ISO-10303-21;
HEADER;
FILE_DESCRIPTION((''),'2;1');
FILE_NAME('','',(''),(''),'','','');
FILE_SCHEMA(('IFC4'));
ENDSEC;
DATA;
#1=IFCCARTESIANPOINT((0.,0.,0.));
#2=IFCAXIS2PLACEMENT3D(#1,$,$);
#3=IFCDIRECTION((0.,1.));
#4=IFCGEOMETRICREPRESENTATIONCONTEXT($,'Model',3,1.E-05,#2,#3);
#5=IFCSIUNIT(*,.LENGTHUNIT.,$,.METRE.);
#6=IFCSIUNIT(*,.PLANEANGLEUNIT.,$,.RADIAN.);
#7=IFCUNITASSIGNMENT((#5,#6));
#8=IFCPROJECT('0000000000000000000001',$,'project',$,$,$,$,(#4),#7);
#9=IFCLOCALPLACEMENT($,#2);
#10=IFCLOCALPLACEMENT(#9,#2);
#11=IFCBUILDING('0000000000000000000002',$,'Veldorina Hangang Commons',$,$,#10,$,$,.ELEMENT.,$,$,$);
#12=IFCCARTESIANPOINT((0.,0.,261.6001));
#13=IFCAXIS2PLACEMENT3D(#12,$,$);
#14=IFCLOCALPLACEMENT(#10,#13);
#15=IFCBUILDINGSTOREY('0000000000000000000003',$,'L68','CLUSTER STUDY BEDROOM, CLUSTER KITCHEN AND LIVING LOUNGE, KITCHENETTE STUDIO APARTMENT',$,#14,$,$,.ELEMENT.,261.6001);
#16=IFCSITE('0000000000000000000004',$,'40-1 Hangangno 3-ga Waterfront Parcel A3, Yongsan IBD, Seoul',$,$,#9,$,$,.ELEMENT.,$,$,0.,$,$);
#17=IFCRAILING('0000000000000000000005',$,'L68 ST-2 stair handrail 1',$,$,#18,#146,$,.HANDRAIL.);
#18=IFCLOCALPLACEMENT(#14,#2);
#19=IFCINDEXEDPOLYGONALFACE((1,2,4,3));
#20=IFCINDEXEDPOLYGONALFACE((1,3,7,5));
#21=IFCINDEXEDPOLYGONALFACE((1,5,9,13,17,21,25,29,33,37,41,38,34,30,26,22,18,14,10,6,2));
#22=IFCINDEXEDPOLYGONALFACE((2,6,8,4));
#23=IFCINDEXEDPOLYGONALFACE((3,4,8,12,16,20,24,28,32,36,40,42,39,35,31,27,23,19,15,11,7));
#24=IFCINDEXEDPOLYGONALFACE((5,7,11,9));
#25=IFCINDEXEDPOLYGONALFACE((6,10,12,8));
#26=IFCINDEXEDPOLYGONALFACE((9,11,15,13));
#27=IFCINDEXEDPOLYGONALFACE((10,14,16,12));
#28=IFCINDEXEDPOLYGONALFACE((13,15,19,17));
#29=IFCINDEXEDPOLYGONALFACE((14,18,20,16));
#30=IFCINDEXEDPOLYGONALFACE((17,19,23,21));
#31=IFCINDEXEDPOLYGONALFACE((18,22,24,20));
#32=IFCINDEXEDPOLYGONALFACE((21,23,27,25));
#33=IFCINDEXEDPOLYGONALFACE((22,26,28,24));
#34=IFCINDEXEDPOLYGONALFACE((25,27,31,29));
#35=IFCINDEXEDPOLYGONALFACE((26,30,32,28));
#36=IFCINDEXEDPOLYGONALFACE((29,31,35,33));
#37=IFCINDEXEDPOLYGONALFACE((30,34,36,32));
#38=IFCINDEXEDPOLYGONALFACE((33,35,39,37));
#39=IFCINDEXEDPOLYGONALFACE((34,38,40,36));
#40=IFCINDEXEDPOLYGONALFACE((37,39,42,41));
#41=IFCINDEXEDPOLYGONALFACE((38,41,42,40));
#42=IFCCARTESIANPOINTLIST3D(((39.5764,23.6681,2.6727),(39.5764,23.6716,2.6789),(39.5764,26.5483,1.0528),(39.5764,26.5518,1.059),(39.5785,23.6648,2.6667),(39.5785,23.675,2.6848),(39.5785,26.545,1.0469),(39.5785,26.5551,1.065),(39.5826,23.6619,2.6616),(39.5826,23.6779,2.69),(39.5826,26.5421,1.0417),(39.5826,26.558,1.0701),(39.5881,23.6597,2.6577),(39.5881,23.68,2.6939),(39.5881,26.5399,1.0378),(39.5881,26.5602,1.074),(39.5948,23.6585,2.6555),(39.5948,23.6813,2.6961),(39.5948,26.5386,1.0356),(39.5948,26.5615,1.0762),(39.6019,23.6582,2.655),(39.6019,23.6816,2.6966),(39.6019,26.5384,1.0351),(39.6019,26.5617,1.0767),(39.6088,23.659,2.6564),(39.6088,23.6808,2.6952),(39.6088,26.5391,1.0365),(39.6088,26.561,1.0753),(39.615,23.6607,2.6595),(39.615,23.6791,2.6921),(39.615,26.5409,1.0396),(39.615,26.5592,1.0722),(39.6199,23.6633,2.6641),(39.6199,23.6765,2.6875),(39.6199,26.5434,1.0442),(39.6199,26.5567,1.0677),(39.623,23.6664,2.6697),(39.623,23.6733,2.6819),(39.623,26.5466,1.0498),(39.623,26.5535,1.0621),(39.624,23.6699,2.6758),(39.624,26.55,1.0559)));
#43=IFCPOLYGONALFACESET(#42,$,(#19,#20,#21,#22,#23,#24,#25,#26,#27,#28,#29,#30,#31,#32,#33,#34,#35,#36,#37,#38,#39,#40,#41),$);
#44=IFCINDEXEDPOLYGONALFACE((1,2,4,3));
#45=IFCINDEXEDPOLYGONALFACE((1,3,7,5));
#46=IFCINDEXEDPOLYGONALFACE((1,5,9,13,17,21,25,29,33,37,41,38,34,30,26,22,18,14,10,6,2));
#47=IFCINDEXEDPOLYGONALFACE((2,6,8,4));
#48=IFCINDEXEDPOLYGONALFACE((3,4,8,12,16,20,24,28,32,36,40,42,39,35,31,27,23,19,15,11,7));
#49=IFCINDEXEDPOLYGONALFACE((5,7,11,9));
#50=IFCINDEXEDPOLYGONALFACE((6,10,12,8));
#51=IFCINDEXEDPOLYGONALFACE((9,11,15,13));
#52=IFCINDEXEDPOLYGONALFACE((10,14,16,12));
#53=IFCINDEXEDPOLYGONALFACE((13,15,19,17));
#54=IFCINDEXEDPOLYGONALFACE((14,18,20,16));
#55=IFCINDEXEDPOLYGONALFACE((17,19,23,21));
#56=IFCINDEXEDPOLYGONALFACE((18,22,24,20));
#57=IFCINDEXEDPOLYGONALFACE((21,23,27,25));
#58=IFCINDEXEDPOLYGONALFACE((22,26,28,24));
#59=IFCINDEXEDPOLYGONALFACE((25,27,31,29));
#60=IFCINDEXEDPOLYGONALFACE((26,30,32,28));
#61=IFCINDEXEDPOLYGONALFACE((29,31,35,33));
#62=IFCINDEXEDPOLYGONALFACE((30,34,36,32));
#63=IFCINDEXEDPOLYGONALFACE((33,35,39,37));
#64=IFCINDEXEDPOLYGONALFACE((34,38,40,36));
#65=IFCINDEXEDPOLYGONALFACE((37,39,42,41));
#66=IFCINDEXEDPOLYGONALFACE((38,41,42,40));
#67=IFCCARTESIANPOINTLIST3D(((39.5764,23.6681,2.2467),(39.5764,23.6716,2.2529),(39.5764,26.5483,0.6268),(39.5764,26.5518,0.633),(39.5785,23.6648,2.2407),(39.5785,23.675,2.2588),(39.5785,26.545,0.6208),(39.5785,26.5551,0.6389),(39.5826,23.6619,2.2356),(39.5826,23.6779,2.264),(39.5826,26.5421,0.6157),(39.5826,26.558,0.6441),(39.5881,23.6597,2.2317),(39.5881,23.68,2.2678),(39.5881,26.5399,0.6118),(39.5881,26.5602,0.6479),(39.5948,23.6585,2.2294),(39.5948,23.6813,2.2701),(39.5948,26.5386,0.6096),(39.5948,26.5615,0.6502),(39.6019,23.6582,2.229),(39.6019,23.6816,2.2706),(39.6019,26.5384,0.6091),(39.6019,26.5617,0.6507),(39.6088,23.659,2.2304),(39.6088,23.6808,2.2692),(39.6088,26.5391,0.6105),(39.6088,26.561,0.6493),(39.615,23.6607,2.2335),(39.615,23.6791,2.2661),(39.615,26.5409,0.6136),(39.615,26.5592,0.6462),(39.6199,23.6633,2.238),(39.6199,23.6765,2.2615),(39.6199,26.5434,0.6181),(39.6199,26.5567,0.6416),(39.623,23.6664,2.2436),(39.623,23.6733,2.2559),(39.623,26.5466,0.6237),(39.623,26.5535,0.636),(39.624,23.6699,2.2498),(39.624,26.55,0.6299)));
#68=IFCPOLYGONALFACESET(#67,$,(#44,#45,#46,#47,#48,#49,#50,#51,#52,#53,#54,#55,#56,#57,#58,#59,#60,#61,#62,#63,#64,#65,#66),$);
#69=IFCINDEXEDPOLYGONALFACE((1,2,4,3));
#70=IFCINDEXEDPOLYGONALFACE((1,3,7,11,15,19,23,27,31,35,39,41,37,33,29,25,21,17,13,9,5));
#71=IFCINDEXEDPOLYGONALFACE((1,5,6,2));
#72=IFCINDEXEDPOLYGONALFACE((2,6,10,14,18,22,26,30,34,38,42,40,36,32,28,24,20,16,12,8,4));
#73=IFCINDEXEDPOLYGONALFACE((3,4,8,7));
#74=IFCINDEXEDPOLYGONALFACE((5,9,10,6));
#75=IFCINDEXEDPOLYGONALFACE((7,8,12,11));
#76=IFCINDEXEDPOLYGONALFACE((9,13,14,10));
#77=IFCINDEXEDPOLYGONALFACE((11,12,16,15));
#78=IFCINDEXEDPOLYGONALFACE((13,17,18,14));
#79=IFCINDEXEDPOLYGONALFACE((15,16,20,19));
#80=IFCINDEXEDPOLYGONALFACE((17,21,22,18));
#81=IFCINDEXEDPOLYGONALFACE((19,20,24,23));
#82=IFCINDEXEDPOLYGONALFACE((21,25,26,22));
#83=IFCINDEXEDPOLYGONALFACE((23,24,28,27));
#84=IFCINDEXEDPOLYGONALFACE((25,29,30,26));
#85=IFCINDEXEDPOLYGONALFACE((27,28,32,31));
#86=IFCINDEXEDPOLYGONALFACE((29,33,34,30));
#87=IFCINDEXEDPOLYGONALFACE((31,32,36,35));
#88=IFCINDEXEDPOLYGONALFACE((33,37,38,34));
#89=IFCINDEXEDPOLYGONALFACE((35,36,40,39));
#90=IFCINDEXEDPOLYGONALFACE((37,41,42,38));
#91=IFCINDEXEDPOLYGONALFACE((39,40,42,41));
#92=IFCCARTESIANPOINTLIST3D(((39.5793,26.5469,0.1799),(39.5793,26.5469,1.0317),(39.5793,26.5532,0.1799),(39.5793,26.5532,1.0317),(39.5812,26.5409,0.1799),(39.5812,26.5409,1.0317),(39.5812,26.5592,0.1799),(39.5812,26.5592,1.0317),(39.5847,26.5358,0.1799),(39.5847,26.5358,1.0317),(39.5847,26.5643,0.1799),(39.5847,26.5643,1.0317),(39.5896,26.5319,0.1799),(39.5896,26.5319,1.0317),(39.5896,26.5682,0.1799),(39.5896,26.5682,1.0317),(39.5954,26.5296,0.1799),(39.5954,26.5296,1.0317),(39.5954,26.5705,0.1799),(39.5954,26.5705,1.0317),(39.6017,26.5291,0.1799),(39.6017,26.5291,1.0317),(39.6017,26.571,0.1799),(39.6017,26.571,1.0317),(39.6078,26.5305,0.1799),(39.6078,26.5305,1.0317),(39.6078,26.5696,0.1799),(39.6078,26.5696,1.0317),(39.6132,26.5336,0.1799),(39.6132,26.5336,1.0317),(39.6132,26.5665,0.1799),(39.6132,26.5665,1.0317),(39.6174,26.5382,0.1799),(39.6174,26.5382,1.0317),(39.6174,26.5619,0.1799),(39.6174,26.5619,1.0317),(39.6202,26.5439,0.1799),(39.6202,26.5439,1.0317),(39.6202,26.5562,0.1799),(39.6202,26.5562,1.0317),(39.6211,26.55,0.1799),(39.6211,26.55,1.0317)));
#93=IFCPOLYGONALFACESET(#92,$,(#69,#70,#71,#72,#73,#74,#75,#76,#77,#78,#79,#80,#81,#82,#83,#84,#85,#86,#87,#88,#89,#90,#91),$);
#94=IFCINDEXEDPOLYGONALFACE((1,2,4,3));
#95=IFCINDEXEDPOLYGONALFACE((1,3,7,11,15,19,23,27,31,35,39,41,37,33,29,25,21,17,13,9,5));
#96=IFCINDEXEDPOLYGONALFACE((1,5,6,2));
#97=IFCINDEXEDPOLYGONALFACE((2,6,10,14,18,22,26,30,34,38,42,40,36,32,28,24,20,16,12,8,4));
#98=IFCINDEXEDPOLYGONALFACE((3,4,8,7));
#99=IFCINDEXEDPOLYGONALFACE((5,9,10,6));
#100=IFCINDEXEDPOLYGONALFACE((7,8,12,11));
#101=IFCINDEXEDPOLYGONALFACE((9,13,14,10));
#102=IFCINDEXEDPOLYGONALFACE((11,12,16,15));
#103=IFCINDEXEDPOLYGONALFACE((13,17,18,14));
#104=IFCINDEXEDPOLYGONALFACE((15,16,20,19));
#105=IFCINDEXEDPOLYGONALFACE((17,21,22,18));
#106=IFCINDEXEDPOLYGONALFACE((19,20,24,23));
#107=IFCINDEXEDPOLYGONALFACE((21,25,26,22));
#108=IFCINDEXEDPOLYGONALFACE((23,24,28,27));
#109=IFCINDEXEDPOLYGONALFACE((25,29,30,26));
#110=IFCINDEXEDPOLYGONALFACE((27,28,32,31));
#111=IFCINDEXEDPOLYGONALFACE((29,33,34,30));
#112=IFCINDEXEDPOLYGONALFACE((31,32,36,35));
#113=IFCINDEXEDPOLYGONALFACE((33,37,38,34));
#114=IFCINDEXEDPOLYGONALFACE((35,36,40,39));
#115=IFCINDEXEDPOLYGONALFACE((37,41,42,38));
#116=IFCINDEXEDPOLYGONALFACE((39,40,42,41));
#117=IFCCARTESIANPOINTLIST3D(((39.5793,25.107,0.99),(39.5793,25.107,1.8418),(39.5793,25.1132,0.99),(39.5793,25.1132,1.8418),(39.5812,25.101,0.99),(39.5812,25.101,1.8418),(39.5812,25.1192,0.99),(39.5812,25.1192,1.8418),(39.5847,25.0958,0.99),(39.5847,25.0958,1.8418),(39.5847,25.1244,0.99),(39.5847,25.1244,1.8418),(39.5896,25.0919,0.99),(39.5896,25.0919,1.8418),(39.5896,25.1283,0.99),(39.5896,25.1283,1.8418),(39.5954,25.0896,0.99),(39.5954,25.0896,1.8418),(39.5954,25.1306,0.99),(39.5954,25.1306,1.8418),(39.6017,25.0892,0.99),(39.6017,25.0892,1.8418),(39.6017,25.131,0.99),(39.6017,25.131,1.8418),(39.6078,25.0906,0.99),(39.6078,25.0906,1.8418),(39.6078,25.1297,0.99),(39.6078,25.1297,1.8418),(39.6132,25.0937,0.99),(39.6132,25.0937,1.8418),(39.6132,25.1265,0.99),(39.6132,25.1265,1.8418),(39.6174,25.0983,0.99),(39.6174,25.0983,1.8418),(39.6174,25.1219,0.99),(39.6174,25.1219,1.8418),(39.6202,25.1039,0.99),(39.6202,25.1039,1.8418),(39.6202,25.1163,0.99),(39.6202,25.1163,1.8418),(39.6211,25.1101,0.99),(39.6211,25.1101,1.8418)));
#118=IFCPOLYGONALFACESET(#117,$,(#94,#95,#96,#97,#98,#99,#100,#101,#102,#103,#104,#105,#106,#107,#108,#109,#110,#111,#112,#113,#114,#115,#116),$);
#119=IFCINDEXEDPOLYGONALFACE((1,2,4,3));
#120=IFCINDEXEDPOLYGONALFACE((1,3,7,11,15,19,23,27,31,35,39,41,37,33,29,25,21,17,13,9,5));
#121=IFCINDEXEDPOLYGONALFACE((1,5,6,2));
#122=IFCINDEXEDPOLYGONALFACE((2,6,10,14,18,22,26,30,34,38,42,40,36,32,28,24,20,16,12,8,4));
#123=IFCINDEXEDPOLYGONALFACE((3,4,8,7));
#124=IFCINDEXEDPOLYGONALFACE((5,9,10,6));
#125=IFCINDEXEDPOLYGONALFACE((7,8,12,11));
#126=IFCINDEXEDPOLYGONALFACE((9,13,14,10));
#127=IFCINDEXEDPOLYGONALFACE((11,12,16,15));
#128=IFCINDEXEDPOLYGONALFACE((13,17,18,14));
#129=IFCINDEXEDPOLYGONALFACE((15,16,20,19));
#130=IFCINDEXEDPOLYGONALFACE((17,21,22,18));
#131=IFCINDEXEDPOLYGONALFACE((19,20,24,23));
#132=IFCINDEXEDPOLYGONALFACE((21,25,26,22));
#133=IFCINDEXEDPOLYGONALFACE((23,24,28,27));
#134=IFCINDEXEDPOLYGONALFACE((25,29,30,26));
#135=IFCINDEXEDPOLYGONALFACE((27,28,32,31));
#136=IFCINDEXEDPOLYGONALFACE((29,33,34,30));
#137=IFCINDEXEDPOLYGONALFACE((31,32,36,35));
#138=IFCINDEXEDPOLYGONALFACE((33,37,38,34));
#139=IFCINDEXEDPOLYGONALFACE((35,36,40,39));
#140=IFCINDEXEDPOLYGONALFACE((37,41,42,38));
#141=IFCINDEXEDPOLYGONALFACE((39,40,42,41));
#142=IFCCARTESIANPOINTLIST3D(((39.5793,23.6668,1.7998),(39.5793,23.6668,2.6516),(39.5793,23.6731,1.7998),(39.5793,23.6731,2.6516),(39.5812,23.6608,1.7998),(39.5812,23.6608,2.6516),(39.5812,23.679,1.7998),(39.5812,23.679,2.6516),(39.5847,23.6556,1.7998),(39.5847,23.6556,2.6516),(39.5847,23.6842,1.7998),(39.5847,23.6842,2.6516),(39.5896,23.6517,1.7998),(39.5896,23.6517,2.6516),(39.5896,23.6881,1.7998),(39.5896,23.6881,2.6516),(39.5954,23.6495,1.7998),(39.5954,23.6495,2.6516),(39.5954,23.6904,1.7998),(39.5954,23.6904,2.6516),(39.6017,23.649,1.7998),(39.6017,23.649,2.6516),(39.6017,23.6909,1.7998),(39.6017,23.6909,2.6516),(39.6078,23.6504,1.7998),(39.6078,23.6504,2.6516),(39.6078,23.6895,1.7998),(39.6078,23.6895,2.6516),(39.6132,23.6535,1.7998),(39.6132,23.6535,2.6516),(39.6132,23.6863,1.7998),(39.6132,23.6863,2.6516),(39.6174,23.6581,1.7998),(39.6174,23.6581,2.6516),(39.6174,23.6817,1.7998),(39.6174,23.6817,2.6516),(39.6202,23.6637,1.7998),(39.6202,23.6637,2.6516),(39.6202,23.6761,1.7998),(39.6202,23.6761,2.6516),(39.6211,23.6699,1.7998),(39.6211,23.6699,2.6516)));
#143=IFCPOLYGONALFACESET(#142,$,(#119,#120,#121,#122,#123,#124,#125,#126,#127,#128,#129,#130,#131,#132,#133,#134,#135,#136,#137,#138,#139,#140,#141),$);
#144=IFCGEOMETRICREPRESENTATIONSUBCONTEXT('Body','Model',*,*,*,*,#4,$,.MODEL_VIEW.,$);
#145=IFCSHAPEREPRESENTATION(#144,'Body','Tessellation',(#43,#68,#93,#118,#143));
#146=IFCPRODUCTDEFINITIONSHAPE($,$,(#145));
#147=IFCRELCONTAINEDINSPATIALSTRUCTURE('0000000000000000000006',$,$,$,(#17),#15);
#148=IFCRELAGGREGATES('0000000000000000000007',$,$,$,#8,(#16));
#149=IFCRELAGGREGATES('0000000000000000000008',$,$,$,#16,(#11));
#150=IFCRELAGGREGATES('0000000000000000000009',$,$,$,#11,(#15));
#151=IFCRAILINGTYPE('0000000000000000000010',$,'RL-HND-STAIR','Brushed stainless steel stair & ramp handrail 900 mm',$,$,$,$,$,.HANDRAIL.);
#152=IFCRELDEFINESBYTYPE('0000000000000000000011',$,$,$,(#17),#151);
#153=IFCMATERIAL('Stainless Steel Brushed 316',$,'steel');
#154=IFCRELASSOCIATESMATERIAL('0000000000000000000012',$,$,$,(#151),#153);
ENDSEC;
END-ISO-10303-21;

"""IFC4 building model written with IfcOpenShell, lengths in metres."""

from ifc_helpers import new_model, si_unit, direction, frame, origin, origin_2d, place, context, subcontext, project, spatial, circle, extrude, material, type_object, element, save


model = new_model("IFC4")

# Units and contexts
model_context = context("Model", 3, precision=1e-05, world=origin(), true_north=direction((0.0, 1.0)))
body_context = subcontext(model_context, "Body", "Model", "MODEL_VIEW")
ifc_project = project(units=[si_unit("LENGTHUNIT", "METRE"), si_unit("PLANEANGLEUNIT", "RADIAN")], contexts=[model_context])

# Site, building, storey
site_placement = place(None, origin())
site = spatial("IfcSite", under=ifc_project, at=site_placement, Name="40-1 Hangangno 3-ga Waterfront Parcel A3, Yongsan IBD, Seoul", CompositionType="ELEMENT", RefElevation=0.0)
building_placement = place(site_placement, origin())
building = spatial("IfcBuilding", under=site, at=building_placement, Name="Veldorina Hangang Commons", CompositionType="ELEMENT")
storey_placement = place(building_placement, frame((0.0, 0.0, 261.6001)))
storey = spatial("IfcBuildingStorey", under=building, at=storey_placement, Name="L68", Description="CLUSTER STUDY BEDROOM, CLUSTER KITCHEN AND LIVING LOUNGE, KITCHENETTE STUDIO APARTMENT", CompositionType="ELEMENT", Elevation=261.6001)

# Railing
ifc_material_1 = material(Name="Stainless Steel Brushed 316", Category="steel")
railing_type_1 = type_object("IfcRailingType", Name="RL-HND-STAIR", Description="Brushed stainless steel stair & ramp handrail 900 mm", PredefinedType="HANDRAIL", material=ifc_material_1)
railing_1_placement = place(storey_placement, frame((39.6001, 26.55, 0.1799)))
element("IfcRailing", 1, at=railing_1_placement, inside=storey, type_object=railing_type_1, Name="L68 ST-2 stair handrail 1", PredefinedType="HANDRAIL", context=body_context, shape_type="SweptSolid", body=[
    extrude(circle(Radius=0.0239, at=origin_2d()), frame((0.0, 0.0, 0.876), z_axis=(0.0, -0.871601, 0.490216), x_axis=(1.0, 0.0, 0.0)), (0.0, 0.0, 1.0), 3.3044),
    extrude(circle(Radius=0.0239, at=origin_2d()), frame((0.0, 0.0, 0.45), z_axis=(0.0, -0.871601, 0.490216), x_axis=(1.0, 0.0, 0.0)), (0.0, 0.0, 1.0), 3.3044),
    extrude(circle(Radius=0.021, at=origin_2d()), origin(), (0.0, 0.0, 1.0), 0.8518),
    extrude(circle(Radius=0.021, at=origin_2d()), frame((0.0, -1.4399, 0.8101)), (0.0, 0.0, 1.0), 0.8518),
    extrude(circle(Radius=0.021, at=origin_2d()), frame((0.0, -2.8801, 1.6199)), (0.0, 0.0, 1.0), 0.8518),
])

save(model, "model.ifc")
